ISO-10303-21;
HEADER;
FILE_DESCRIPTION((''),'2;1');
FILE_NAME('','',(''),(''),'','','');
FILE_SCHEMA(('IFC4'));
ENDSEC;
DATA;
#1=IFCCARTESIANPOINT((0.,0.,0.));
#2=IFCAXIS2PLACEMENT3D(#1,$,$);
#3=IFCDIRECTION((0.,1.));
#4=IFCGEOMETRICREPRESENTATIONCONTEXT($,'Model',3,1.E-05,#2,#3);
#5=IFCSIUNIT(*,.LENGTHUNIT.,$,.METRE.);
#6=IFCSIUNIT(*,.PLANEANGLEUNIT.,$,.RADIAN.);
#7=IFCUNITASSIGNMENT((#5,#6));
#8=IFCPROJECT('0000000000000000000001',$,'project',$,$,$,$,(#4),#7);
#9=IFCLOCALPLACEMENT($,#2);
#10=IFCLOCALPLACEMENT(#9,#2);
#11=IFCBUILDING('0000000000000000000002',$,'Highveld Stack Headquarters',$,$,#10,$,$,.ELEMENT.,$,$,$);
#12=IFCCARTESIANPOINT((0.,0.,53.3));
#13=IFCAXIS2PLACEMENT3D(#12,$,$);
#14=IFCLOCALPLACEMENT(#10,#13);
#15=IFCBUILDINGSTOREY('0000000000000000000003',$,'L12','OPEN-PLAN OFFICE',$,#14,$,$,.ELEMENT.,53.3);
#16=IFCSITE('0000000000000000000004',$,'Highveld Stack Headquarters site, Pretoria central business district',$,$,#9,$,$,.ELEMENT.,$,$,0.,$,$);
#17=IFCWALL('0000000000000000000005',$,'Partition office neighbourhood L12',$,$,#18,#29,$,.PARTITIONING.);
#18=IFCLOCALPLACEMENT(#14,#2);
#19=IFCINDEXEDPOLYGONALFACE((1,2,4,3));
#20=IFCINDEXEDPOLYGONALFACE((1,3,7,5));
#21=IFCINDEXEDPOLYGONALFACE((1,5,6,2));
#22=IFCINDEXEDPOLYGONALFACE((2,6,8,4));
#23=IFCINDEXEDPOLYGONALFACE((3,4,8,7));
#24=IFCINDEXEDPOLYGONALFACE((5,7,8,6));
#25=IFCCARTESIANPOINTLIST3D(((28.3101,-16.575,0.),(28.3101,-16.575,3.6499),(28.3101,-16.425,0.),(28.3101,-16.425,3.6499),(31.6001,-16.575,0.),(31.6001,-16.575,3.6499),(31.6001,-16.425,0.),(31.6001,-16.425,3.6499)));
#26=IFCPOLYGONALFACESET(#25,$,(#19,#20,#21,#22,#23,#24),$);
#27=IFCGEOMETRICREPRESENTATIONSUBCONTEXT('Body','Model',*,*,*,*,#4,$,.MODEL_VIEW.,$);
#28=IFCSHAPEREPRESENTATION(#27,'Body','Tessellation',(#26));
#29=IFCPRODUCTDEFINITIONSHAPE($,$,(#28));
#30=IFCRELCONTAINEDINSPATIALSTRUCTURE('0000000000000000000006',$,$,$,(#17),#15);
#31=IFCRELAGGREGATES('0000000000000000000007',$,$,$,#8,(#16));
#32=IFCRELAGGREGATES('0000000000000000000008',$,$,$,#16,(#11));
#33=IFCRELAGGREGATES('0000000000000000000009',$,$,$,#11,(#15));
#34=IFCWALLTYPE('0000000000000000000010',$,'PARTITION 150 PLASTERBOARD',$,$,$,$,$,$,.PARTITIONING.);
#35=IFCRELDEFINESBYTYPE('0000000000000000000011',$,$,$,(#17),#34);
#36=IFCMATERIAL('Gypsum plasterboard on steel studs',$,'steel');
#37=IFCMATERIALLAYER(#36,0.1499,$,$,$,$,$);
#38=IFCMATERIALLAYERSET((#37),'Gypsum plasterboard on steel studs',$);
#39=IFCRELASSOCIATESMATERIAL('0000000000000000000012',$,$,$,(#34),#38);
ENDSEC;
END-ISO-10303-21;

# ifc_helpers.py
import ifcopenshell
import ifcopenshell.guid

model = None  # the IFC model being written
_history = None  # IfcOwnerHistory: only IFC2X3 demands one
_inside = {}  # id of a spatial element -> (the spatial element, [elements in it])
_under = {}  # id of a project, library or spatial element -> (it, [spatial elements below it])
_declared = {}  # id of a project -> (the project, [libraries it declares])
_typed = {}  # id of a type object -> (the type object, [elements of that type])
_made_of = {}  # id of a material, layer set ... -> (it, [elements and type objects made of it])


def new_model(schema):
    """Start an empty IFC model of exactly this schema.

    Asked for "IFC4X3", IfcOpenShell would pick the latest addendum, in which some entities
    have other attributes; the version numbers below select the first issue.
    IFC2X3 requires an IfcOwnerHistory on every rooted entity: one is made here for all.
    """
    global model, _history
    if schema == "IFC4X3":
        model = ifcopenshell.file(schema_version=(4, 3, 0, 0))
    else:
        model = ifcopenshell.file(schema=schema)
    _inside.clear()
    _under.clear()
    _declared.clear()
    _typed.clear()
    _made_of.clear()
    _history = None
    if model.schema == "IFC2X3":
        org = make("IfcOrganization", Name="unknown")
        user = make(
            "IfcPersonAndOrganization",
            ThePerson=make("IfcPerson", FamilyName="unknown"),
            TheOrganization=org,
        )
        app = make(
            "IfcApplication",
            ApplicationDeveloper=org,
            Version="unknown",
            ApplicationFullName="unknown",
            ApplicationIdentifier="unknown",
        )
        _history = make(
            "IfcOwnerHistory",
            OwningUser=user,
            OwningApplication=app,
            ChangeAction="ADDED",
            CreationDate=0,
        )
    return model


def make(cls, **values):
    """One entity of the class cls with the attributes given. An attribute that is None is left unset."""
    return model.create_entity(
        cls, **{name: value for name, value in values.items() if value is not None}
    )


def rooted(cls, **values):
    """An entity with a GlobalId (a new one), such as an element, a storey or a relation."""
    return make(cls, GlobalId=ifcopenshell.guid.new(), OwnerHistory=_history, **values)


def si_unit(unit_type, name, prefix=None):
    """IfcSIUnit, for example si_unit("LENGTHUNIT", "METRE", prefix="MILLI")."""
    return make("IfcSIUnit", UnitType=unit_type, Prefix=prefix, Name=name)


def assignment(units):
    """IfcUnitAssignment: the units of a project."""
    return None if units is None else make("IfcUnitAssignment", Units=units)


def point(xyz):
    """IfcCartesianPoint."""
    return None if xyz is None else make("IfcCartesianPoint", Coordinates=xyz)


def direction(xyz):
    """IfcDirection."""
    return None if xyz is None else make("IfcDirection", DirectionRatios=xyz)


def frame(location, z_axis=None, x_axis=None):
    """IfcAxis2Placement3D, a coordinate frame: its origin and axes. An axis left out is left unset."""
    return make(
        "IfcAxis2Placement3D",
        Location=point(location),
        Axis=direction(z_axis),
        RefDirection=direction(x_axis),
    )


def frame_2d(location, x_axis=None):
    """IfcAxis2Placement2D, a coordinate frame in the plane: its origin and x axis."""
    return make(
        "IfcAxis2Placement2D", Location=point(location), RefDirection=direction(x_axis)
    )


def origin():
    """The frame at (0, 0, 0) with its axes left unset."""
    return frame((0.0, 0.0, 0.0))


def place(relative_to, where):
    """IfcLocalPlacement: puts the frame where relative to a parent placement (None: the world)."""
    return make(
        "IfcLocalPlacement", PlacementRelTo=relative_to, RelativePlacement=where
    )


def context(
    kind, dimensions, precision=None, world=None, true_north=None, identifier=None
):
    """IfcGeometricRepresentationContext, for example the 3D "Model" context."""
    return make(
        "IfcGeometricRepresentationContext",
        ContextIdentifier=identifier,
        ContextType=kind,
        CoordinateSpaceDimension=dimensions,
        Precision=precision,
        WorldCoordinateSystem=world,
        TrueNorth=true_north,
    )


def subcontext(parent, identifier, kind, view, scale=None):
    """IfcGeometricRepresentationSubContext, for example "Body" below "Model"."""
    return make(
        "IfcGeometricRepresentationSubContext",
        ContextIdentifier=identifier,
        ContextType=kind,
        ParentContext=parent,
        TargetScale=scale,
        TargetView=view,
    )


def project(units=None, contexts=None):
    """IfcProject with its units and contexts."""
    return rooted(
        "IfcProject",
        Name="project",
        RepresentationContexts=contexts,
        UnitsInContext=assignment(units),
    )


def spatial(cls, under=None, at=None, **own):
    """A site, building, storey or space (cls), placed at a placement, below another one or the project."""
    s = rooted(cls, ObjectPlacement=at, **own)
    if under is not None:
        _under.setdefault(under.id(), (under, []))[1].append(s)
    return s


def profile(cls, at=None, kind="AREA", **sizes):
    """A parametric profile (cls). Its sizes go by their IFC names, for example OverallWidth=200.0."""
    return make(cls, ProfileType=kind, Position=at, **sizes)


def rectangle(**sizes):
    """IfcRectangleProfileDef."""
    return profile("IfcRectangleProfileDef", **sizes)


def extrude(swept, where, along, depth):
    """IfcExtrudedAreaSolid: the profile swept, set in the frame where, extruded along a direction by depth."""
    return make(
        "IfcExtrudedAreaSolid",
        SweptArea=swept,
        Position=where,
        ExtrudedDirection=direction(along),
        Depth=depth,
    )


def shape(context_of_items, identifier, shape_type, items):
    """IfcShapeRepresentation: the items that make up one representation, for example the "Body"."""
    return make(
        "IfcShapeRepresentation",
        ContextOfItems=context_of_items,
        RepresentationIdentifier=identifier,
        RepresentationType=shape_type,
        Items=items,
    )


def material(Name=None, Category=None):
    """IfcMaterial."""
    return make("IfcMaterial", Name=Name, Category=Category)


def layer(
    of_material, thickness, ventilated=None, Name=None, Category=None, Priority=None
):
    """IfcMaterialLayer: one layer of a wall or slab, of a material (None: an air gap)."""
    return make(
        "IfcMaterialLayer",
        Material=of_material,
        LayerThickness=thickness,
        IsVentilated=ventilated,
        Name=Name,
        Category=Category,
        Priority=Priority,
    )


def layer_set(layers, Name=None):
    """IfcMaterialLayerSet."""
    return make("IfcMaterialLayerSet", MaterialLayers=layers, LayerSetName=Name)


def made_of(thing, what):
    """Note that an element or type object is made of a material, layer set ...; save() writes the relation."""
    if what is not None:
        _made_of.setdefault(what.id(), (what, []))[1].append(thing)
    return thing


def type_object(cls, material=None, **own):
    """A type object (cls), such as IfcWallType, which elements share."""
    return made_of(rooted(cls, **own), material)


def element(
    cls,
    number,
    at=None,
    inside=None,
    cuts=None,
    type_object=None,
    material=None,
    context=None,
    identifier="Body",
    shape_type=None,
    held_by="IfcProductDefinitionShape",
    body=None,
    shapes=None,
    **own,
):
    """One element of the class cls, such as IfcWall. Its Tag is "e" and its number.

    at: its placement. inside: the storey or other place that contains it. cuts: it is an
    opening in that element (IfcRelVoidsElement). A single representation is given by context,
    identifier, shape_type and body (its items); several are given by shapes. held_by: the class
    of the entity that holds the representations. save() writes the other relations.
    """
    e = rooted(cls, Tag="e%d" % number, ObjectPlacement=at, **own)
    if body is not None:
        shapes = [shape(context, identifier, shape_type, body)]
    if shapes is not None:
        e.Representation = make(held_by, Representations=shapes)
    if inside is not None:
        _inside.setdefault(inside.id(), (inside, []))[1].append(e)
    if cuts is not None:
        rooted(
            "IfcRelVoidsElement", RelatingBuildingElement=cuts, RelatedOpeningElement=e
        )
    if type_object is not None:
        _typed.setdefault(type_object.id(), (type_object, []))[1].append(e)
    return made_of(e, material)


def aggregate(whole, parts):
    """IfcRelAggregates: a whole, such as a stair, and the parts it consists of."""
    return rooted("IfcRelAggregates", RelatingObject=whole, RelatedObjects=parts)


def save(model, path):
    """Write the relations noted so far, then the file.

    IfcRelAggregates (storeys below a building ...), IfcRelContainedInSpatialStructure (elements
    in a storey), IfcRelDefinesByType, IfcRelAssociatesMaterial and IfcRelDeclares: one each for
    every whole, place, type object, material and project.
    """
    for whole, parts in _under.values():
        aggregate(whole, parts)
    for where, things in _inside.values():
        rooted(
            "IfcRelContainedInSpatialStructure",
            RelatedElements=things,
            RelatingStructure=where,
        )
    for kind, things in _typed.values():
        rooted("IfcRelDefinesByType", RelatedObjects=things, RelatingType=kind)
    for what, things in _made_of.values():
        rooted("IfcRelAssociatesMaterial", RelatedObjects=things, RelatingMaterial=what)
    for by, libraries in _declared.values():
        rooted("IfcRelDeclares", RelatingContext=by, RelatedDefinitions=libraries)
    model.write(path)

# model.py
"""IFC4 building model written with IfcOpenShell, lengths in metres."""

from ifc_helpers import new_model, si_unit, direction, frame, frame_2d, origin, place, context, subcontext, project, spatial, rectangle, extrude, material, layer, layer_set, type_object, element, save


model = new_model("IFC4")

# Units and contexts
model_context = context("Model", 3, precision=1e-05, world=origin(), true_north=direction((0.0, 1.0)))
body_context = subcontext(model_context, "Body", "Model", "MODEL_VIEW")
ifc_project = project(units=[si_unit("LENGTHUNIT", "METRE"), si_unit("PLANEANGLEUNIT", "RADIAN")], contexts=[model_context])

# Site, building, storey
site_placement = place(None, origin())
site = spatial("IfcSite", under=ifc_project, at=site_placement, Name="Highveld Stack Headquarters site, Pretoria central business district", CompositionType="ELEMENT", RefElevation=0.0)
building_placement = place(site_placement, origin())
building = spatial("IfcBuilding", under=site, at=building_placement, Name="Highveld Stack Headquarters", CompositionType="ELEMENT")
storey_placement = place(building_placement, frame((0.0, 0.0, 53.3)))
storey = spatial("IfcBuildingStorey", under=building, at=storey_placement, Name="L12", Description="OPEN-PLAN OFFICE", CompositionType="ELEMENT", Elevation=53.3)

# Wall
ifc_material_1 = material(Name="Gypsum plasterboard on steel studs", Category="steel")
ifc_layer_1 = layer(ifc_material_1, 0.1499)
ifc_layer_set_1 = layer_set([ifc_layer_1], Name="Gypsum plasterboard on steel studs")
wall_type = type_object("IfcWallType", Name="PARTITION 150 PLASTERBOARD", PredefinedType="PARTITIONING", material=ifc_layer_set_1)
wall_1_placement = place(storey_placement, frame((28.3101, -16.5, 0.0), z_axis=(0.0, 0.0, 1.0), x_axis=(1.0, 0.0, 0.0)))
element("IfcWall", 1, at=wall_1_placement, inside=storey, type_object=wall_type, Name="Partition office neighbourhood L12", PredefinedType="PARTITIONING", context=body_context, shape_type="SweptSolid", body=[
    extrude(rectangle(XDim=3.29, YDim=0.1499, at=frame_2d((1.645, 0.0))), origin(), (0.0, 0.0, 1.0), 3.6499),
])

save(model, "model.ifc")
